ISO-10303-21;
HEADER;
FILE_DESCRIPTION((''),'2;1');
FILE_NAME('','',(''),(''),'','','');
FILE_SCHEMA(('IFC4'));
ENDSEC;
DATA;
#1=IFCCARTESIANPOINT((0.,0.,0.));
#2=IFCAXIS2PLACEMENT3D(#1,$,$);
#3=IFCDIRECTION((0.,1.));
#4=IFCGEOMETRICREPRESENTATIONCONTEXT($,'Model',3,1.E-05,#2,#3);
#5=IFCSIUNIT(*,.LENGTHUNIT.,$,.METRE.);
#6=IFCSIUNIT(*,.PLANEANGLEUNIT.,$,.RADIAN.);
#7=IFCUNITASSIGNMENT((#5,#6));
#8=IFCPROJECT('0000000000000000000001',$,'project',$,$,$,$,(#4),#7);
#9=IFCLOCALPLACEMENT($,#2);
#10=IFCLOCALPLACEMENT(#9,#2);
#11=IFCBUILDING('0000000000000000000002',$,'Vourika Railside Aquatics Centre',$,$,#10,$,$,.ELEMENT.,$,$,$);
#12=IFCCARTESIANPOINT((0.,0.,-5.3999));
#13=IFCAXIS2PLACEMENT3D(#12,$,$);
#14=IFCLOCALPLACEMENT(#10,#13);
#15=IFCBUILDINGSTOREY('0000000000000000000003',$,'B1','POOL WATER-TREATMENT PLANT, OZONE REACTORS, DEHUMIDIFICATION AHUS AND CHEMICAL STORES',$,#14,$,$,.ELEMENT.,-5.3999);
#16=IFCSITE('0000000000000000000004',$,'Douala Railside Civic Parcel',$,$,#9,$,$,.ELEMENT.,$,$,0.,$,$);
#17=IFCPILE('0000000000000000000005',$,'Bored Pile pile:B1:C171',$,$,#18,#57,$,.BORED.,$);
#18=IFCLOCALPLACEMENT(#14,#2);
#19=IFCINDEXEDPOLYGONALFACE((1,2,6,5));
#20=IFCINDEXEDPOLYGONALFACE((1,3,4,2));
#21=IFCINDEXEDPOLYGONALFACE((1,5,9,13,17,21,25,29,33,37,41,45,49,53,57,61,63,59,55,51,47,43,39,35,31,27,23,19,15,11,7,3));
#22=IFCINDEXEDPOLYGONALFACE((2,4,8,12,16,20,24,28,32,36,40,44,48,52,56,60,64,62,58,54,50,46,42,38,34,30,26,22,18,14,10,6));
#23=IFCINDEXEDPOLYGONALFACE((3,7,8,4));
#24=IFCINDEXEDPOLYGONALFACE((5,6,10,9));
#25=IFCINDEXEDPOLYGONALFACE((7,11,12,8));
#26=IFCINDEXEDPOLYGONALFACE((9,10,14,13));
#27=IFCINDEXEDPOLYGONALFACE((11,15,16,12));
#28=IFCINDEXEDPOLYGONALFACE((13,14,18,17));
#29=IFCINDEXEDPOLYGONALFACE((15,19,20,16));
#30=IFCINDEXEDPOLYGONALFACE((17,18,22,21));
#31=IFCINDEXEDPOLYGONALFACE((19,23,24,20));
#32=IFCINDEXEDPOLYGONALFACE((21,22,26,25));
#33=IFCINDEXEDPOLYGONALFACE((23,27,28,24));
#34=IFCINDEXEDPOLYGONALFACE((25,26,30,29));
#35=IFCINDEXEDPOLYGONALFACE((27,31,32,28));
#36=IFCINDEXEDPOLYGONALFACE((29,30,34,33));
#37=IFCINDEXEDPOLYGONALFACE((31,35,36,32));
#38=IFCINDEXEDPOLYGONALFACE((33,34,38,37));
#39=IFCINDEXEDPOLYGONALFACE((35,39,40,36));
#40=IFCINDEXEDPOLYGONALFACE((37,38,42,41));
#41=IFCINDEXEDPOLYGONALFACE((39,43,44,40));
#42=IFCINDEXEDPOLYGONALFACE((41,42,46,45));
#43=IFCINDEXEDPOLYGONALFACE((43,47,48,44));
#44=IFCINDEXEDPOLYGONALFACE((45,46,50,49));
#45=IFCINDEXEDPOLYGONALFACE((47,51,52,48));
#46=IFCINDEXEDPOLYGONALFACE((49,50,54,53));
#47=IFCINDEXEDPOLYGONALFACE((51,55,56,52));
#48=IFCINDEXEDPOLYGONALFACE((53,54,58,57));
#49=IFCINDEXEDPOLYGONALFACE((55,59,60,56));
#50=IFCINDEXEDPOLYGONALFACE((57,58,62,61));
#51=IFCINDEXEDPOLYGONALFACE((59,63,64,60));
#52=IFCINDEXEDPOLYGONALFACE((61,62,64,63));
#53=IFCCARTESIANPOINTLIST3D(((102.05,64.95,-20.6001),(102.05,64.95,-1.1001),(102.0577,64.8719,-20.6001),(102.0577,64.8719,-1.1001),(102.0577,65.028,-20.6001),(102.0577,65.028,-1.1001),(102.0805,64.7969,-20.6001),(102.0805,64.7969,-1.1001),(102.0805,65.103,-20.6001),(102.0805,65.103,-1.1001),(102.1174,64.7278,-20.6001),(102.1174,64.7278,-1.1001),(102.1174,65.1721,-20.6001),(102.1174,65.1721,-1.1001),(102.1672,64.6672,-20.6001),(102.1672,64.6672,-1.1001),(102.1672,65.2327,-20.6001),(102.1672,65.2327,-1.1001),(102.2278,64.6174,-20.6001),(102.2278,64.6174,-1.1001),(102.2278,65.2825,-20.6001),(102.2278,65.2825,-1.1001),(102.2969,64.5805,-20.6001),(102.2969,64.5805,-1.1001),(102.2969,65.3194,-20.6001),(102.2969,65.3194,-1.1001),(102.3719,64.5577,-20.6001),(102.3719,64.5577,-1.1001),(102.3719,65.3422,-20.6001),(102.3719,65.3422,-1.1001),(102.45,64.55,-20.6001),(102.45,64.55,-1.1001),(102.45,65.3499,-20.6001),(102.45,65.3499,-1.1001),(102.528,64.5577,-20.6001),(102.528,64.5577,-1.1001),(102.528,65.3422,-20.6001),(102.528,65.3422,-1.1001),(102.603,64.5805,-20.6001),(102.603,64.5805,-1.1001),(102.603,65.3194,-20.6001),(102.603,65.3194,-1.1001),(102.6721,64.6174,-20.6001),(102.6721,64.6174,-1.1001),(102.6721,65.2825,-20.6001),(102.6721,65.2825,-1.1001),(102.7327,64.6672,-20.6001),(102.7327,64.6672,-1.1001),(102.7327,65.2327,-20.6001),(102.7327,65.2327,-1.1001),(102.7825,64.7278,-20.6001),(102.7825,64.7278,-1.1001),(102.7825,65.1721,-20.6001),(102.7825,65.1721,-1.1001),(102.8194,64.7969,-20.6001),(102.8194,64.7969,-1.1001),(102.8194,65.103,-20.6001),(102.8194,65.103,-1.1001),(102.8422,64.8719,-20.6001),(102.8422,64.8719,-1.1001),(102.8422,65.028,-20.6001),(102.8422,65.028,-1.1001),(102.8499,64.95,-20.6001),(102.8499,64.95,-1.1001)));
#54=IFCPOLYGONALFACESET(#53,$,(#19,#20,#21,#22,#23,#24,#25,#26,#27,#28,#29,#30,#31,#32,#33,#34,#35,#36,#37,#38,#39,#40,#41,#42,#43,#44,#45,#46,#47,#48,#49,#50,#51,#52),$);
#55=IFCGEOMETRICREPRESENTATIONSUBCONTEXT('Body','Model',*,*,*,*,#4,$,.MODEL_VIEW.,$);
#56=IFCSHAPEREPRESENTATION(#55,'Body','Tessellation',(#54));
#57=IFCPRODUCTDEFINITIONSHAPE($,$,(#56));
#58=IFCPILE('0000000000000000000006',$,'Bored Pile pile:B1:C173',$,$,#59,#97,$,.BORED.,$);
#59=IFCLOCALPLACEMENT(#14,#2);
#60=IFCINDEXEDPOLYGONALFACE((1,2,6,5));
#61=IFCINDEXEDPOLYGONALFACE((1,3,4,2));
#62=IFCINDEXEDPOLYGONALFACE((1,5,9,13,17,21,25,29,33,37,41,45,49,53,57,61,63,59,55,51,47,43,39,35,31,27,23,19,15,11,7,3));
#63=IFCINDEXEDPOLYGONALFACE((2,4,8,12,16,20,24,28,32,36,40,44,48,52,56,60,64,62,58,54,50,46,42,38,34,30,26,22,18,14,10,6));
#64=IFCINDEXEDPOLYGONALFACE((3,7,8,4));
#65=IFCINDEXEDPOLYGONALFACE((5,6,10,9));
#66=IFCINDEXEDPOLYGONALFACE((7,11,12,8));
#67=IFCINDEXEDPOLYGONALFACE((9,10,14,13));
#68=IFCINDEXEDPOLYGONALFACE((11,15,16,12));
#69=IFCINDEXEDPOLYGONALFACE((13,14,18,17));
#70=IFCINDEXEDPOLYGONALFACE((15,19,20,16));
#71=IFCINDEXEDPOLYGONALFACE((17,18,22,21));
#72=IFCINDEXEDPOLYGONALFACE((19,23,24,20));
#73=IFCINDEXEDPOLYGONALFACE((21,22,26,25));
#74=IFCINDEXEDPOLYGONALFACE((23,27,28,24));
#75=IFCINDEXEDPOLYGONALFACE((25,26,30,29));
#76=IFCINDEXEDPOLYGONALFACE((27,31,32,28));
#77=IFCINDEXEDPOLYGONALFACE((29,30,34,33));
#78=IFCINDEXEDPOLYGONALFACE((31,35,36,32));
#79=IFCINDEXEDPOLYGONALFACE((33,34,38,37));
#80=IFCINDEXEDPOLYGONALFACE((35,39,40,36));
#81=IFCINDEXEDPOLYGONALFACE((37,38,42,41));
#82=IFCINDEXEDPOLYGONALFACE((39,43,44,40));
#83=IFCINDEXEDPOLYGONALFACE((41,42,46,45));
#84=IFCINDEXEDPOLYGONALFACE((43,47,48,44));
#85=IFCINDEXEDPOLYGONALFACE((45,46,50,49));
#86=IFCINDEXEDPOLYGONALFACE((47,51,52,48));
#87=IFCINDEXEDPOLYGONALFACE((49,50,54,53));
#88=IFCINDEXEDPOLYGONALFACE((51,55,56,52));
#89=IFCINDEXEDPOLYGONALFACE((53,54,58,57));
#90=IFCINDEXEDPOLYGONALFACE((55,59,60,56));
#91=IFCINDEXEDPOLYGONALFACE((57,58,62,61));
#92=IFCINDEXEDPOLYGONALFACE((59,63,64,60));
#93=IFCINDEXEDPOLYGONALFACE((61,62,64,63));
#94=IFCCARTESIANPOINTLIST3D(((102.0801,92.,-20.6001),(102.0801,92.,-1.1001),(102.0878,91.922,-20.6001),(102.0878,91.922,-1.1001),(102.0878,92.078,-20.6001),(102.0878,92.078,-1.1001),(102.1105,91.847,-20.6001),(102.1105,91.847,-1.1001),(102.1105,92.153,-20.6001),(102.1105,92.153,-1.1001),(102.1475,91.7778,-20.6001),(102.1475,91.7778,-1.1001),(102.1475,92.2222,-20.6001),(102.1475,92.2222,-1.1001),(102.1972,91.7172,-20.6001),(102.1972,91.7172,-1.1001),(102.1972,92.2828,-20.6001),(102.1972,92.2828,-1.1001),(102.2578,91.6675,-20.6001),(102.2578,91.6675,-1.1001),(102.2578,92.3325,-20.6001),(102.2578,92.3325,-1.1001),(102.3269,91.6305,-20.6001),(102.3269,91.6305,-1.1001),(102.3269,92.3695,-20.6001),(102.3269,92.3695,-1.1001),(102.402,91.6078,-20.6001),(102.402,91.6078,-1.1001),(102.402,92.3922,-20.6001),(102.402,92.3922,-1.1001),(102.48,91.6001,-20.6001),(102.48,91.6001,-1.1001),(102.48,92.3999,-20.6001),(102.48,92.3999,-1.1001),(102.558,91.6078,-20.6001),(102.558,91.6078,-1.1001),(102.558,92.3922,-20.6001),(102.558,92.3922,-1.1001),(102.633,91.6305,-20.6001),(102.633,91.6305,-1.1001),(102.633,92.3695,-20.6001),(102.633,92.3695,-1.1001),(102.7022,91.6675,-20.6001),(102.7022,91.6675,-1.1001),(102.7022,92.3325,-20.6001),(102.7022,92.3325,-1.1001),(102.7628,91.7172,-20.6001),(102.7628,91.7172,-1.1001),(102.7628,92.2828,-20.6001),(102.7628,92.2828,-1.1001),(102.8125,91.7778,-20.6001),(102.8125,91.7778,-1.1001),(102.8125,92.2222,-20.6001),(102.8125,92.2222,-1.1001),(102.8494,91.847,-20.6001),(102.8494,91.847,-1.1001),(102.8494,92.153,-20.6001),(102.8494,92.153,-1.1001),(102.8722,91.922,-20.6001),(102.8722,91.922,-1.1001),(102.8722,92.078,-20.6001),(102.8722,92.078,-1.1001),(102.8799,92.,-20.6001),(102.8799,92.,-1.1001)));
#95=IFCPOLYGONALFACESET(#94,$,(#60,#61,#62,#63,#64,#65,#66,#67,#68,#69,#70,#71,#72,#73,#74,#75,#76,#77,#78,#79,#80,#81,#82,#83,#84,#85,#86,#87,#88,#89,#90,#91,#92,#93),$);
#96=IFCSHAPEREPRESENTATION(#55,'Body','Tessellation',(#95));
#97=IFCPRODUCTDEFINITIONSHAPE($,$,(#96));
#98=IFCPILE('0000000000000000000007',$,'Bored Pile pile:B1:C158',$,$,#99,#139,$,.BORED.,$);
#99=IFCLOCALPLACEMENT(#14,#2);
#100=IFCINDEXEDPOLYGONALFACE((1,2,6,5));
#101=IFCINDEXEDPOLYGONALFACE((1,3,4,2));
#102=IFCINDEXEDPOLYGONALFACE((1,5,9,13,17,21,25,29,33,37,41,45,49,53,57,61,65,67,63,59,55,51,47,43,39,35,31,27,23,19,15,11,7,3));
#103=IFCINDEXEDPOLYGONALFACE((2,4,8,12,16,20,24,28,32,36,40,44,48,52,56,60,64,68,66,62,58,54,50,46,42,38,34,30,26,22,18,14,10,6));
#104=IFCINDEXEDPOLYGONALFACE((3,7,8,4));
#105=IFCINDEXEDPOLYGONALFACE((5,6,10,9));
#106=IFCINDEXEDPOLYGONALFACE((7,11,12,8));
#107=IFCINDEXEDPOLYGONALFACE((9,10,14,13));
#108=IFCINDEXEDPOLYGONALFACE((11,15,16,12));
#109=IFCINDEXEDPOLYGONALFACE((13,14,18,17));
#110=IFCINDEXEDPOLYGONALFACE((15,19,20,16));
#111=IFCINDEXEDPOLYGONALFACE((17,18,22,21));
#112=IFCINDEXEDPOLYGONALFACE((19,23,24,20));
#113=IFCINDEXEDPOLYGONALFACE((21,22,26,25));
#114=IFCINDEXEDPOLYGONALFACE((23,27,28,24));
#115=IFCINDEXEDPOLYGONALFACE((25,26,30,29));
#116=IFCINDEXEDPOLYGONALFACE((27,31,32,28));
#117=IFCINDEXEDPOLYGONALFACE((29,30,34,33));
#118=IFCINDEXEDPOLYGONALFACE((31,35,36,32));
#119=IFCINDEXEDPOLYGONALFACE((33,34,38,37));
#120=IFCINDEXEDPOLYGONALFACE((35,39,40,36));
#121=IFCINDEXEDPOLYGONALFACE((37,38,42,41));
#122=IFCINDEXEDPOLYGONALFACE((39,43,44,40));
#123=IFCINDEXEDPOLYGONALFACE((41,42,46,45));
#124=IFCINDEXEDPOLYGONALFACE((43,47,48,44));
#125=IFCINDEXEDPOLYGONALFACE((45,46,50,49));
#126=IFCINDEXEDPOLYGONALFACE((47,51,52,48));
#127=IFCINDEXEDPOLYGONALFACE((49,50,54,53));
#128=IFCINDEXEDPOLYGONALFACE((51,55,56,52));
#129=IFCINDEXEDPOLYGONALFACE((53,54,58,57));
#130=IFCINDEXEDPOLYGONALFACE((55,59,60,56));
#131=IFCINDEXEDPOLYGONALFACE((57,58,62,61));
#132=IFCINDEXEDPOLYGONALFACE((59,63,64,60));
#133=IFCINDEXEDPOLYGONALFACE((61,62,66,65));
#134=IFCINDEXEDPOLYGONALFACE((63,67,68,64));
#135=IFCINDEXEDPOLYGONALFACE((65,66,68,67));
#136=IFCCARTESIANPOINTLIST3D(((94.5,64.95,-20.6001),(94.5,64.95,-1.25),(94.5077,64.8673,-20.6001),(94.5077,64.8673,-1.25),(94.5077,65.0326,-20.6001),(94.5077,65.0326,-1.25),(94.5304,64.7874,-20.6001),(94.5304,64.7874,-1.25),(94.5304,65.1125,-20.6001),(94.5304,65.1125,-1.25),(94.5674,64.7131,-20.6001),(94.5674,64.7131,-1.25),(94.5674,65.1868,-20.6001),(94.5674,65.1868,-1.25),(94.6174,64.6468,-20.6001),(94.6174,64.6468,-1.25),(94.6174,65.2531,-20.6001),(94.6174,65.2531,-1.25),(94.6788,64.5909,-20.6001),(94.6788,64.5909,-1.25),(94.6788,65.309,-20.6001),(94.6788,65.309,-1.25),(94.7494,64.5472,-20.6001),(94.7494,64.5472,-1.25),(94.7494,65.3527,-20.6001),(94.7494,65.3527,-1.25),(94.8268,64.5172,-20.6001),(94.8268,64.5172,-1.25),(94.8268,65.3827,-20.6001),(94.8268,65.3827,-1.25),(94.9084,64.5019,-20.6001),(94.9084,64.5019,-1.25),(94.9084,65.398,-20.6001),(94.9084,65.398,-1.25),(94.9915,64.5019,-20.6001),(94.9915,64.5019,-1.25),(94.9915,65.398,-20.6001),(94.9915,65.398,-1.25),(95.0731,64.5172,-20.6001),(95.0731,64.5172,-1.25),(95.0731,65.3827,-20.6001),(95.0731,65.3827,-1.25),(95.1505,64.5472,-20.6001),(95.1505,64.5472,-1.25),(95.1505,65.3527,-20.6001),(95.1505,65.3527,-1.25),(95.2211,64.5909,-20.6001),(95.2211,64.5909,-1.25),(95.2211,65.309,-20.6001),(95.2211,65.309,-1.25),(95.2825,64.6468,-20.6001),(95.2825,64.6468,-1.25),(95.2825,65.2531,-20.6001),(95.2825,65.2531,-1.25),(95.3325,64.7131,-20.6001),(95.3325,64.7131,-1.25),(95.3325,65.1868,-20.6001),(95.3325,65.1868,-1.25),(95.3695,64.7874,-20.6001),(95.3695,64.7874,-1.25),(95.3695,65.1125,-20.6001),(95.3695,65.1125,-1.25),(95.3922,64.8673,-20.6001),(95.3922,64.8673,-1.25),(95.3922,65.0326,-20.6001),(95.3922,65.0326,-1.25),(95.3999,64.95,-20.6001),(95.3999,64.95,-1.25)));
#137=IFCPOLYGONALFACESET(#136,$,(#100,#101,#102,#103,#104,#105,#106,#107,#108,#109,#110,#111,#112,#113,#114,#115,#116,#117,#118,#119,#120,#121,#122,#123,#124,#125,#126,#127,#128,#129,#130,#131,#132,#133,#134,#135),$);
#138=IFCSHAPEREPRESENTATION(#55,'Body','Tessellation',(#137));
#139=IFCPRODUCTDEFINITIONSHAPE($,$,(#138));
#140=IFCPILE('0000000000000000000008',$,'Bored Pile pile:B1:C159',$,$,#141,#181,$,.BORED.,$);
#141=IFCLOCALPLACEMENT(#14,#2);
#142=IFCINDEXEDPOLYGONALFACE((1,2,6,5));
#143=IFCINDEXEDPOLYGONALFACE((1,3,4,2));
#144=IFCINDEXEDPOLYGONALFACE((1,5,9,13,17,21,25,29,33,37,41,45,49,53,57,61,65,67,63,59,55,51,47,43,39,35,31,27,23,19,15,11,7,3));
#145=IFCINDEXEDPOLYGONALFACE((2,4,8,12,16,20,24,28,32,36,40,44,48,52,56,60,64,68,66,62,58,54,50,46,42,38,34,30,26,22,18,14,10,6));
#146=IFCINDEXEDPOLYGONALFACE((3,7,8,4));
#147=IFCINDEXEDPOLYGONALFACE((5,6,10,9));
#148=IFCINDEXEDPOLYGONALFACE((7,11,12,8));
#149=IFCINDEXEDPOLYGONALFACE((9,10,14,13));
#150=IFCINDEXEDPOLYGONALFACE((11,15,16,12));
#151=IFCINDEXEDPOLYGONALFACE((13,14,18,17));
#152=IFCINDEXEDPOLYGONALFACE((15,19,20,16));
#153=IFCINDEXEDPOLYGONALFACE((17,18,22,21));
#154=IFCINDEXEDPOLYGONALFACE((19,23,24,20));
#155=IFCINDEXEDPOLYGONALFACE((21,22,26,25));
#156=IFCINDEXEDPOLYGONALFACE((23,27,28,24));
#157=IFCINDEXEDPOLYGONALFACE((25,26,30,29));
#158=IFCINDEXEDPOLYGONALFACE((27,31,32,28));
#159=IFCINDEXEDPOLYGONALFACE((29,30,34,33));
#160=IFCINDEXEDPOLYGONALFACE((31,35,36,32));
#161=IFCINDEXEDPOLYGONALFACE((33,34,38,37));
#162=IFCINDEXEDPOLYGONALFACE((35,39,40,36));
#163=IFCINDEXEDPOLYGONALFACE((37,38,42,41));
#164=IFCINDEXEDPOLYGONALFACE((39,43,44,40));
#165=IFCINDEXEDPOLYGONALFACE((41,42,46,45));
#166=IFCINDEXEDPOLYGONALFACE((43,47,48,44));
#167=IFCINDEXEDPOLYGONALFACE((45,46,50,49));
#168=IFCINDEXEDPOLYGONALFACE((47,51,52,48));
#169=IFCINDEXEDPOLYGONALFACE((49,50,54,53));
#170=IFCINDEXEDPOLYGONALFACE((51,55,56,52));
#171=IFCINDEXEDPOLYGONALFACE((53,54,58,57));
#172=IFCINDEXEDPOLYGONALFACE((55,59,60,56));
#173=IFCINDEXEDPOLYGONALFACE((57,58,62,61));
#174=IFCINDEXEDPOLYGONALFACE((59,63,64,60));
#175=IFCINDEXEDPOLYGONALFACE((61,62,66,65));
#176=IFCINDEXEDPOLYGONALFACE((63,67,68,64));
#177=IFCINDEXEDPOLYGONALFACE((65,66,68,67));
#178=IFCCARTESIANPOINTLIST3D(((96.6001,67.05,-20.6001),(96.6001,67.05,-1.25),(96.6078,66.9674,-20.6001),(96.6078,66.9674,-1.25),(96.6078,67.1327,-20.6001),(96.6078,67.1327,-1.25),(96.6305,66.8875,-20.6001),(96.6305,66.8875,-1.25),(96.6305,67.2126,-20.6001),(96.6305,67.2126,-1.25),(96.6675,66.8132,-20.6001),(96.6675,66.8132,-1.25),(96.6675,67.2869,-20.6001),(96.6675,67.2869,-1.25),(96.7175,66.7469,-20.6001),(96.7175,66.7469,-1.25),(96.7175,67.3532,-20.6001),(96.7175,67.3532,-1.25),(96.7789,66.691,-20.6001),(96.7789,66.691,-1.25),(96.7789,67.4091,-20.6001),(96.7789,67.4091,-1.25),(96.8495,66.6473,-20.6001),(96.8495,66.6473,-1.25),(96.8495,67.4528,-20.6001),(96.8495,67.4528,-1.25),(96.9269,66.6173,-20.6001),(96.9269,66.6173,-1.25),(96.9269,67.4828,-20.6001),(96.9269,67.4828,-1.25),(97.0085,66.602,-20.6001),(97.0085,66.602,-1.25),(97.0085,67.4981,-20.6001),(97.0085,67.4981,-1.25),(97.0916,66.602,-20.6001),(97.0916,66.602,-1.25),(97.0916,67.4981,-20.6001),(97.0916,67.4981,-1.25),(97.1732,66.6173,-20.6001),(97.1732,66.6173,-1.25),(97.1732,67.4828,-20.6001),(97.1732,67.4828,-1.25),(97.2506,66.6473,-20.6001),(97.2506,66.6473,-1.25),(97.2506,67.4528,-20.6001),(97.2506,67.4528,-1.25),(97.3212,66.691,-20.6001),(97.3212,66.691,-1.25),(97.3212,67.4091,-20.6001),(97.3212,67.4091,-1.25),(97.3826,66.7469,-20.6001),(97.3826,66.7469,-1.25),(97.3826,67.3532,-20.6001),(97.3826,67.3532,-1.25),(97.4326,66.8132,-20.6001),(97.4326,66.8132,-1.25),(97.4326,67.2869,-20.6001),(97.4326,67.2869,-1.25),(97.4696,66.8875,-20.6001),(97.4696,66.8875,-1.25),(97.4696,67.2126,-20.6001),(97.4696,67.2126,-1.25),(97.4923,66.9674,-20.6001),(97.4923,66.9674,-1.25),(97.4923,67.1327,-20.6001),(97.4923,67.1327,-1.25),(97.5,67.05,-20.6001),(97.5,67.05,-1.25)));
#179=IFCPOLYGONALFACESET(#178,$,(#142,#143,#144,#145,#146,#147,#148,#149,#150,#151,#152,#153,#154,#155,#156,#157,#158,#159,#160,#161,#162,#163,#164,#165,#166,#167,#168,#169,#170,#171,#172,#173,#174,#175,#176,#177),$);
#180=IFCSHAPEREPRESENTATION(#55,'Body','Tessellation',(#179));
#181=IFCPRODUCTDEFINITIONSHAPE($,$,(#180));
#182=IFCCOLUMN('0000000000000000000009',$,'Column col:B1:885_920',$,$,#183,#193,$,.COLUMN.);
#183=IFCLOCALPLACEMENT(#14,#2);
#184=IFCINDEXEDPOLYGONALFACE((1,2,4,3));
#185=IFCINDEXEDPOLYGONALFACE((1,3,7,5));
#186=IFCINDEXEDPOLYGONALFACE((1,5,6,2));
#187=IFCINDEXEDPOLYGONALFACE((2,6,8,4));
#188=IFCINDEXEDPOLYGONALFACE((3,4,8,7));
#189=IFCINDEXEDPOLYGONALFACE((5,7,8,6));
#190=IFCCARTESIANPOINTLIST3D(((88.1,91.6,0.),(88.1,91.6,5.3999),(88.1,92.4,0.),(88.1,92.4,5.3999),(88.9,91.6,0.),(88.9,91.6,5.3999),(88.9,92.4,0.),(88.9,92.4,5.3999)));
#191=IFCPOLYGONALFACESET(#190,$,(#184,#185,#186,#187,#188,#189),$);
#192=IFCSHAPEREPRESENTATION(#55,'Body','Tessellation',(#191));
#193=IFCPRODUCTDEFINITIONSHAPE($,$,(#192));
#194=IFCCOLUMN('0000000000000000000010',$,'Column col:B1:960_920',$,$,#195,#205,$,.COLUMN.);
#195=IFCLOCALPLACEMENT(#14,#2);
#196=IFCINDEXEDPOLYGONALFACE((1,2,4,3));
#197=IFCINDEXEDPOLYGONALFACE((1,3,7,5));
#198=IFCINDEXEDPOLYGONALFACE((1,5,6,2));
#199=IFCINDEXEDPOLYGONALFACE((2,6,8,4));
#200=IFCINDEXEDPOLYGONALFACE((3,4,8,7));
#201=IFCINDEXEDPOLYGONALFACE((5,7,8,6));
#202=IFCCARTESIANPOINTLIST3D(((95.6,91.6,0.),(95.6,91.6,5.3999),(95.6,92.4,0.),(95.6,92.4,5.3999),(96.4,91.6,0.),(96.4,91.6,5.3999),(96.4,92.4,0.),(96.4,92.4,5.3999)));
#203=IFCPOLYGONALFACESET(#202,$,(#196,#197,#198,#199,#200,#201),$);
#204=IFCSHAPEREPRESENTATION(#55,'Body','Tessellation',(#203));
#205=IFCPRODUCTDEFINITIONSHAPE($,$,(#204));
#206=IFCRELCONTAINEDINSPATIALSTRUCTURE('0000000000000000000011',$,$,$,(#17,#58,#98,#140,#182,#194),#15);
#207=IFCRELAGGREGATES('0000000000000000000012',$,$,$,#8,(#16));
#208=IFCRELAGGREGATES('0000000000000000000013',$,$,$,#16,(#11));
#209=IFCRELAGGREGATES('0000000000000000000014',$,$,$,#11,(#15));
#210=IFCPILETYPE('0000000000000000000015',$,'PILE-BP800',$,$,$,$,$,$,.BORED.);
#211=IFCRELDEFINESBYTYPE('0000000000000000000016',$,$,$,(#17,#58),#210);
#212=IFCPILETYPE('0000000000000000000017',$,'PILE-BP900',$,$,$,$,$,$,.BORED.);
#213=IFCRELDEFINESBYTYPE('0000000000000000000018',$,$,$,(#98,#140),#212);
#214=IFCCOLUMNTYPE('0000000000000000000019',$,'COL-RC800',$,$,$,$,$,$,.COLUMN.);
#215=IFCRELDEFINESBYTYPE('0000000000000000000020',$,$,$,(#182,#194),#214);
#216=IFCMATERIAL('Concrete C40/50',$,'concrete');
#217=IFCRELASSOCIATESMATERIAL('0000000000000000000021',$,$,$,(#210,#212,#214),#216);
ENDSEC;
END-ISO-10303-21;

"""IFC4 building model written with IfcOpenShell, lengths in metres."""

from ifc_helpers import new_model, si_unit, direction, frame, origin, origin_2d, place, context, subcontext, project, spatial, rectangle, circle, extrude, material, material_profile, profile_set, type_object, element, save


model = new_model("IFC4")

# Units and contexts
model_context = context("Model", 3, precision=1e-05, world=origin(), true_north=direction((0.0, 1.0)))
body_context = subcontext(model_context, "Body", "Model", "MODEL_VIEW")
ifc_project = project(units=[si_unit("LENGTHUNIT", "METRE"), si_unit("PLANEANGLEUNIT", "RADIAN")], contexts=[model_context])

# Site, building, storey
site_placement = place(None, origin())
site = spatial("IfcSite", under=ifc_project, at=site_placement, Name="Douala Railside Civic Parcel", CompositionType="ELEMENT", RefElevation=0.0)
building_placement = place(site_placement, origin())
building = spatial("IfcBuilding", under=site, at=building_placement, Name="Vourika Railside Aquatics Centre", CompositionType="ELEMENT")
storey_placement = place(building_placement, frame((0.0, 0.0, -5.3999)))
storey = spatial("IfcBuildingStorey", under=building, at=storey_placement, Name="B1", Description="POOL WATER-TREATMENT PLANT, OZONE REACTORS, DEHUMIDIFICATION AHUS AND CHEMICAL STORES", CompositionType="ELEMENT", Elevation=-5.3999)

# Shared definitions
ifc_material = material(Name="Concrete C40/50", Category="concrete")

# Piles
ifc_material_profile_1 = material_profile(ifc_material, circle(Radius=0.3999, at=origin_2d()), Name="BP 800")
ifc_profile_set_1 = profile_set([ifc_material_profile_1], Name="Concrete C40/50")
pile_type_1 = type_object("IfcPileType", Name="PILE-BP800", PredefinedType="BORED", material=ifc_profile_set_1)
for number, where, z_axis, x_axis, name in (
    (1, (102.45, 64.95, -1.1001), (0.0, 0.0, -1.0), (1.0, 0.0, 0.0), "Bored Pile pile:B1:C171"),
    (2, (102.48, 92.0, -1.1001), (0.0, 0.0, -1.0), (1.0, 0.0, 0.0), "Bored Pile pile:B1:C173"),
):
    element("IfcPile", number, at=place(storey_placement, frame(where, z_axis=z_axis, x_axis=x_axis)), inside=storey, type_object=pile_type_1, Name=name, PredefinedType="BORED", context=body_context, shape_type="SweptSolid", body=[
        extrude(circle(Radius=0.3999, at=origin_2d()), origin(), (0.0, 0.0, 1.0), 19.5),
    ])
ifc_material_profile_2 = material_profile(ifc_material, circle(Radius=0.45, at=origin_2d()), Name="BP 900")
ifc_profile_set_2 = profile_set([ifc_material_profile_2], Name="Concrete C40/50")
pile_type_2 = type_object("IfcPileType", Name="PILE-BP900", PredefinedType="BORED", material=ifc_profile_set_2)
for number, where, z_axis, x_axis, name in (
    (3, (94.95, 64.95, -1.25), (0.0, 0.0, -1.0), (1.0, 0.0, 0.0), "Bored Pile pile:B1:C158"),
    (4, (97.05, 67.05, -1.25), (0.0, 0.0, -1.0), (1.0, 0.0, 0.0), "Bored Pile pile:B1:C159"),
):
    element("IfcPile", number, at=place(storey_placement, frame(where, z_axis=z_axis, x_axis=x_axis)), inside=storey, type_object=pile_type_2, Name=name, PredefinedType="BORED", context=body_context, shape_type="SweptSolid", body=[
        extrude(circle(Radius=0.45, at=origin_2d()), origin(), (0.0, 0.0, 1.0), 19.3501),
    ])

# Columns
ifc_material_profile_3 = material_profile(ifc_material, rectangle(XDim=0.8, YDim=0.8, at=origin_2d()), Name="RC 800x800")
ifc_profile_set_3 = profile_set([ifc_material_profile_3], Name="Concrete C40/50")
column_type_1 = type_object("IfcColumnType", Name="COL-RC800", PredefinedType="COLUMN", material=ifc_profile_set_3)
for number, where, z_axis, x_axis, name in (
    (5, (88.5, 92.0, 0.0), (0.0, 0.0, 1.0), (1.0, 0.0, 0.0), "Column col:B1:885_920"),
    (6, (96.0, 92.0, 0.0), (0.0, 0.0, 1.0), (1.0, 0.0, 0.0), "Column col:B1:960_920"),
):
    element("IfcColumn", number, at=place(storey_placement, frame(where, z_axis=z_axis, x_axis=x_axis)), inside=storey, type_object=column_type_1, Name=name, PredefinedType="COLUMN", context=body_context, shape_type="SweptSolid", body=[
        extrude(rectangle(XDim=0.8, YDim=0.8, at=origin_2d()), origin(), (0.0, 0.0, 1.0), 5.3999),
    ])

save(model, "model.ifc")
